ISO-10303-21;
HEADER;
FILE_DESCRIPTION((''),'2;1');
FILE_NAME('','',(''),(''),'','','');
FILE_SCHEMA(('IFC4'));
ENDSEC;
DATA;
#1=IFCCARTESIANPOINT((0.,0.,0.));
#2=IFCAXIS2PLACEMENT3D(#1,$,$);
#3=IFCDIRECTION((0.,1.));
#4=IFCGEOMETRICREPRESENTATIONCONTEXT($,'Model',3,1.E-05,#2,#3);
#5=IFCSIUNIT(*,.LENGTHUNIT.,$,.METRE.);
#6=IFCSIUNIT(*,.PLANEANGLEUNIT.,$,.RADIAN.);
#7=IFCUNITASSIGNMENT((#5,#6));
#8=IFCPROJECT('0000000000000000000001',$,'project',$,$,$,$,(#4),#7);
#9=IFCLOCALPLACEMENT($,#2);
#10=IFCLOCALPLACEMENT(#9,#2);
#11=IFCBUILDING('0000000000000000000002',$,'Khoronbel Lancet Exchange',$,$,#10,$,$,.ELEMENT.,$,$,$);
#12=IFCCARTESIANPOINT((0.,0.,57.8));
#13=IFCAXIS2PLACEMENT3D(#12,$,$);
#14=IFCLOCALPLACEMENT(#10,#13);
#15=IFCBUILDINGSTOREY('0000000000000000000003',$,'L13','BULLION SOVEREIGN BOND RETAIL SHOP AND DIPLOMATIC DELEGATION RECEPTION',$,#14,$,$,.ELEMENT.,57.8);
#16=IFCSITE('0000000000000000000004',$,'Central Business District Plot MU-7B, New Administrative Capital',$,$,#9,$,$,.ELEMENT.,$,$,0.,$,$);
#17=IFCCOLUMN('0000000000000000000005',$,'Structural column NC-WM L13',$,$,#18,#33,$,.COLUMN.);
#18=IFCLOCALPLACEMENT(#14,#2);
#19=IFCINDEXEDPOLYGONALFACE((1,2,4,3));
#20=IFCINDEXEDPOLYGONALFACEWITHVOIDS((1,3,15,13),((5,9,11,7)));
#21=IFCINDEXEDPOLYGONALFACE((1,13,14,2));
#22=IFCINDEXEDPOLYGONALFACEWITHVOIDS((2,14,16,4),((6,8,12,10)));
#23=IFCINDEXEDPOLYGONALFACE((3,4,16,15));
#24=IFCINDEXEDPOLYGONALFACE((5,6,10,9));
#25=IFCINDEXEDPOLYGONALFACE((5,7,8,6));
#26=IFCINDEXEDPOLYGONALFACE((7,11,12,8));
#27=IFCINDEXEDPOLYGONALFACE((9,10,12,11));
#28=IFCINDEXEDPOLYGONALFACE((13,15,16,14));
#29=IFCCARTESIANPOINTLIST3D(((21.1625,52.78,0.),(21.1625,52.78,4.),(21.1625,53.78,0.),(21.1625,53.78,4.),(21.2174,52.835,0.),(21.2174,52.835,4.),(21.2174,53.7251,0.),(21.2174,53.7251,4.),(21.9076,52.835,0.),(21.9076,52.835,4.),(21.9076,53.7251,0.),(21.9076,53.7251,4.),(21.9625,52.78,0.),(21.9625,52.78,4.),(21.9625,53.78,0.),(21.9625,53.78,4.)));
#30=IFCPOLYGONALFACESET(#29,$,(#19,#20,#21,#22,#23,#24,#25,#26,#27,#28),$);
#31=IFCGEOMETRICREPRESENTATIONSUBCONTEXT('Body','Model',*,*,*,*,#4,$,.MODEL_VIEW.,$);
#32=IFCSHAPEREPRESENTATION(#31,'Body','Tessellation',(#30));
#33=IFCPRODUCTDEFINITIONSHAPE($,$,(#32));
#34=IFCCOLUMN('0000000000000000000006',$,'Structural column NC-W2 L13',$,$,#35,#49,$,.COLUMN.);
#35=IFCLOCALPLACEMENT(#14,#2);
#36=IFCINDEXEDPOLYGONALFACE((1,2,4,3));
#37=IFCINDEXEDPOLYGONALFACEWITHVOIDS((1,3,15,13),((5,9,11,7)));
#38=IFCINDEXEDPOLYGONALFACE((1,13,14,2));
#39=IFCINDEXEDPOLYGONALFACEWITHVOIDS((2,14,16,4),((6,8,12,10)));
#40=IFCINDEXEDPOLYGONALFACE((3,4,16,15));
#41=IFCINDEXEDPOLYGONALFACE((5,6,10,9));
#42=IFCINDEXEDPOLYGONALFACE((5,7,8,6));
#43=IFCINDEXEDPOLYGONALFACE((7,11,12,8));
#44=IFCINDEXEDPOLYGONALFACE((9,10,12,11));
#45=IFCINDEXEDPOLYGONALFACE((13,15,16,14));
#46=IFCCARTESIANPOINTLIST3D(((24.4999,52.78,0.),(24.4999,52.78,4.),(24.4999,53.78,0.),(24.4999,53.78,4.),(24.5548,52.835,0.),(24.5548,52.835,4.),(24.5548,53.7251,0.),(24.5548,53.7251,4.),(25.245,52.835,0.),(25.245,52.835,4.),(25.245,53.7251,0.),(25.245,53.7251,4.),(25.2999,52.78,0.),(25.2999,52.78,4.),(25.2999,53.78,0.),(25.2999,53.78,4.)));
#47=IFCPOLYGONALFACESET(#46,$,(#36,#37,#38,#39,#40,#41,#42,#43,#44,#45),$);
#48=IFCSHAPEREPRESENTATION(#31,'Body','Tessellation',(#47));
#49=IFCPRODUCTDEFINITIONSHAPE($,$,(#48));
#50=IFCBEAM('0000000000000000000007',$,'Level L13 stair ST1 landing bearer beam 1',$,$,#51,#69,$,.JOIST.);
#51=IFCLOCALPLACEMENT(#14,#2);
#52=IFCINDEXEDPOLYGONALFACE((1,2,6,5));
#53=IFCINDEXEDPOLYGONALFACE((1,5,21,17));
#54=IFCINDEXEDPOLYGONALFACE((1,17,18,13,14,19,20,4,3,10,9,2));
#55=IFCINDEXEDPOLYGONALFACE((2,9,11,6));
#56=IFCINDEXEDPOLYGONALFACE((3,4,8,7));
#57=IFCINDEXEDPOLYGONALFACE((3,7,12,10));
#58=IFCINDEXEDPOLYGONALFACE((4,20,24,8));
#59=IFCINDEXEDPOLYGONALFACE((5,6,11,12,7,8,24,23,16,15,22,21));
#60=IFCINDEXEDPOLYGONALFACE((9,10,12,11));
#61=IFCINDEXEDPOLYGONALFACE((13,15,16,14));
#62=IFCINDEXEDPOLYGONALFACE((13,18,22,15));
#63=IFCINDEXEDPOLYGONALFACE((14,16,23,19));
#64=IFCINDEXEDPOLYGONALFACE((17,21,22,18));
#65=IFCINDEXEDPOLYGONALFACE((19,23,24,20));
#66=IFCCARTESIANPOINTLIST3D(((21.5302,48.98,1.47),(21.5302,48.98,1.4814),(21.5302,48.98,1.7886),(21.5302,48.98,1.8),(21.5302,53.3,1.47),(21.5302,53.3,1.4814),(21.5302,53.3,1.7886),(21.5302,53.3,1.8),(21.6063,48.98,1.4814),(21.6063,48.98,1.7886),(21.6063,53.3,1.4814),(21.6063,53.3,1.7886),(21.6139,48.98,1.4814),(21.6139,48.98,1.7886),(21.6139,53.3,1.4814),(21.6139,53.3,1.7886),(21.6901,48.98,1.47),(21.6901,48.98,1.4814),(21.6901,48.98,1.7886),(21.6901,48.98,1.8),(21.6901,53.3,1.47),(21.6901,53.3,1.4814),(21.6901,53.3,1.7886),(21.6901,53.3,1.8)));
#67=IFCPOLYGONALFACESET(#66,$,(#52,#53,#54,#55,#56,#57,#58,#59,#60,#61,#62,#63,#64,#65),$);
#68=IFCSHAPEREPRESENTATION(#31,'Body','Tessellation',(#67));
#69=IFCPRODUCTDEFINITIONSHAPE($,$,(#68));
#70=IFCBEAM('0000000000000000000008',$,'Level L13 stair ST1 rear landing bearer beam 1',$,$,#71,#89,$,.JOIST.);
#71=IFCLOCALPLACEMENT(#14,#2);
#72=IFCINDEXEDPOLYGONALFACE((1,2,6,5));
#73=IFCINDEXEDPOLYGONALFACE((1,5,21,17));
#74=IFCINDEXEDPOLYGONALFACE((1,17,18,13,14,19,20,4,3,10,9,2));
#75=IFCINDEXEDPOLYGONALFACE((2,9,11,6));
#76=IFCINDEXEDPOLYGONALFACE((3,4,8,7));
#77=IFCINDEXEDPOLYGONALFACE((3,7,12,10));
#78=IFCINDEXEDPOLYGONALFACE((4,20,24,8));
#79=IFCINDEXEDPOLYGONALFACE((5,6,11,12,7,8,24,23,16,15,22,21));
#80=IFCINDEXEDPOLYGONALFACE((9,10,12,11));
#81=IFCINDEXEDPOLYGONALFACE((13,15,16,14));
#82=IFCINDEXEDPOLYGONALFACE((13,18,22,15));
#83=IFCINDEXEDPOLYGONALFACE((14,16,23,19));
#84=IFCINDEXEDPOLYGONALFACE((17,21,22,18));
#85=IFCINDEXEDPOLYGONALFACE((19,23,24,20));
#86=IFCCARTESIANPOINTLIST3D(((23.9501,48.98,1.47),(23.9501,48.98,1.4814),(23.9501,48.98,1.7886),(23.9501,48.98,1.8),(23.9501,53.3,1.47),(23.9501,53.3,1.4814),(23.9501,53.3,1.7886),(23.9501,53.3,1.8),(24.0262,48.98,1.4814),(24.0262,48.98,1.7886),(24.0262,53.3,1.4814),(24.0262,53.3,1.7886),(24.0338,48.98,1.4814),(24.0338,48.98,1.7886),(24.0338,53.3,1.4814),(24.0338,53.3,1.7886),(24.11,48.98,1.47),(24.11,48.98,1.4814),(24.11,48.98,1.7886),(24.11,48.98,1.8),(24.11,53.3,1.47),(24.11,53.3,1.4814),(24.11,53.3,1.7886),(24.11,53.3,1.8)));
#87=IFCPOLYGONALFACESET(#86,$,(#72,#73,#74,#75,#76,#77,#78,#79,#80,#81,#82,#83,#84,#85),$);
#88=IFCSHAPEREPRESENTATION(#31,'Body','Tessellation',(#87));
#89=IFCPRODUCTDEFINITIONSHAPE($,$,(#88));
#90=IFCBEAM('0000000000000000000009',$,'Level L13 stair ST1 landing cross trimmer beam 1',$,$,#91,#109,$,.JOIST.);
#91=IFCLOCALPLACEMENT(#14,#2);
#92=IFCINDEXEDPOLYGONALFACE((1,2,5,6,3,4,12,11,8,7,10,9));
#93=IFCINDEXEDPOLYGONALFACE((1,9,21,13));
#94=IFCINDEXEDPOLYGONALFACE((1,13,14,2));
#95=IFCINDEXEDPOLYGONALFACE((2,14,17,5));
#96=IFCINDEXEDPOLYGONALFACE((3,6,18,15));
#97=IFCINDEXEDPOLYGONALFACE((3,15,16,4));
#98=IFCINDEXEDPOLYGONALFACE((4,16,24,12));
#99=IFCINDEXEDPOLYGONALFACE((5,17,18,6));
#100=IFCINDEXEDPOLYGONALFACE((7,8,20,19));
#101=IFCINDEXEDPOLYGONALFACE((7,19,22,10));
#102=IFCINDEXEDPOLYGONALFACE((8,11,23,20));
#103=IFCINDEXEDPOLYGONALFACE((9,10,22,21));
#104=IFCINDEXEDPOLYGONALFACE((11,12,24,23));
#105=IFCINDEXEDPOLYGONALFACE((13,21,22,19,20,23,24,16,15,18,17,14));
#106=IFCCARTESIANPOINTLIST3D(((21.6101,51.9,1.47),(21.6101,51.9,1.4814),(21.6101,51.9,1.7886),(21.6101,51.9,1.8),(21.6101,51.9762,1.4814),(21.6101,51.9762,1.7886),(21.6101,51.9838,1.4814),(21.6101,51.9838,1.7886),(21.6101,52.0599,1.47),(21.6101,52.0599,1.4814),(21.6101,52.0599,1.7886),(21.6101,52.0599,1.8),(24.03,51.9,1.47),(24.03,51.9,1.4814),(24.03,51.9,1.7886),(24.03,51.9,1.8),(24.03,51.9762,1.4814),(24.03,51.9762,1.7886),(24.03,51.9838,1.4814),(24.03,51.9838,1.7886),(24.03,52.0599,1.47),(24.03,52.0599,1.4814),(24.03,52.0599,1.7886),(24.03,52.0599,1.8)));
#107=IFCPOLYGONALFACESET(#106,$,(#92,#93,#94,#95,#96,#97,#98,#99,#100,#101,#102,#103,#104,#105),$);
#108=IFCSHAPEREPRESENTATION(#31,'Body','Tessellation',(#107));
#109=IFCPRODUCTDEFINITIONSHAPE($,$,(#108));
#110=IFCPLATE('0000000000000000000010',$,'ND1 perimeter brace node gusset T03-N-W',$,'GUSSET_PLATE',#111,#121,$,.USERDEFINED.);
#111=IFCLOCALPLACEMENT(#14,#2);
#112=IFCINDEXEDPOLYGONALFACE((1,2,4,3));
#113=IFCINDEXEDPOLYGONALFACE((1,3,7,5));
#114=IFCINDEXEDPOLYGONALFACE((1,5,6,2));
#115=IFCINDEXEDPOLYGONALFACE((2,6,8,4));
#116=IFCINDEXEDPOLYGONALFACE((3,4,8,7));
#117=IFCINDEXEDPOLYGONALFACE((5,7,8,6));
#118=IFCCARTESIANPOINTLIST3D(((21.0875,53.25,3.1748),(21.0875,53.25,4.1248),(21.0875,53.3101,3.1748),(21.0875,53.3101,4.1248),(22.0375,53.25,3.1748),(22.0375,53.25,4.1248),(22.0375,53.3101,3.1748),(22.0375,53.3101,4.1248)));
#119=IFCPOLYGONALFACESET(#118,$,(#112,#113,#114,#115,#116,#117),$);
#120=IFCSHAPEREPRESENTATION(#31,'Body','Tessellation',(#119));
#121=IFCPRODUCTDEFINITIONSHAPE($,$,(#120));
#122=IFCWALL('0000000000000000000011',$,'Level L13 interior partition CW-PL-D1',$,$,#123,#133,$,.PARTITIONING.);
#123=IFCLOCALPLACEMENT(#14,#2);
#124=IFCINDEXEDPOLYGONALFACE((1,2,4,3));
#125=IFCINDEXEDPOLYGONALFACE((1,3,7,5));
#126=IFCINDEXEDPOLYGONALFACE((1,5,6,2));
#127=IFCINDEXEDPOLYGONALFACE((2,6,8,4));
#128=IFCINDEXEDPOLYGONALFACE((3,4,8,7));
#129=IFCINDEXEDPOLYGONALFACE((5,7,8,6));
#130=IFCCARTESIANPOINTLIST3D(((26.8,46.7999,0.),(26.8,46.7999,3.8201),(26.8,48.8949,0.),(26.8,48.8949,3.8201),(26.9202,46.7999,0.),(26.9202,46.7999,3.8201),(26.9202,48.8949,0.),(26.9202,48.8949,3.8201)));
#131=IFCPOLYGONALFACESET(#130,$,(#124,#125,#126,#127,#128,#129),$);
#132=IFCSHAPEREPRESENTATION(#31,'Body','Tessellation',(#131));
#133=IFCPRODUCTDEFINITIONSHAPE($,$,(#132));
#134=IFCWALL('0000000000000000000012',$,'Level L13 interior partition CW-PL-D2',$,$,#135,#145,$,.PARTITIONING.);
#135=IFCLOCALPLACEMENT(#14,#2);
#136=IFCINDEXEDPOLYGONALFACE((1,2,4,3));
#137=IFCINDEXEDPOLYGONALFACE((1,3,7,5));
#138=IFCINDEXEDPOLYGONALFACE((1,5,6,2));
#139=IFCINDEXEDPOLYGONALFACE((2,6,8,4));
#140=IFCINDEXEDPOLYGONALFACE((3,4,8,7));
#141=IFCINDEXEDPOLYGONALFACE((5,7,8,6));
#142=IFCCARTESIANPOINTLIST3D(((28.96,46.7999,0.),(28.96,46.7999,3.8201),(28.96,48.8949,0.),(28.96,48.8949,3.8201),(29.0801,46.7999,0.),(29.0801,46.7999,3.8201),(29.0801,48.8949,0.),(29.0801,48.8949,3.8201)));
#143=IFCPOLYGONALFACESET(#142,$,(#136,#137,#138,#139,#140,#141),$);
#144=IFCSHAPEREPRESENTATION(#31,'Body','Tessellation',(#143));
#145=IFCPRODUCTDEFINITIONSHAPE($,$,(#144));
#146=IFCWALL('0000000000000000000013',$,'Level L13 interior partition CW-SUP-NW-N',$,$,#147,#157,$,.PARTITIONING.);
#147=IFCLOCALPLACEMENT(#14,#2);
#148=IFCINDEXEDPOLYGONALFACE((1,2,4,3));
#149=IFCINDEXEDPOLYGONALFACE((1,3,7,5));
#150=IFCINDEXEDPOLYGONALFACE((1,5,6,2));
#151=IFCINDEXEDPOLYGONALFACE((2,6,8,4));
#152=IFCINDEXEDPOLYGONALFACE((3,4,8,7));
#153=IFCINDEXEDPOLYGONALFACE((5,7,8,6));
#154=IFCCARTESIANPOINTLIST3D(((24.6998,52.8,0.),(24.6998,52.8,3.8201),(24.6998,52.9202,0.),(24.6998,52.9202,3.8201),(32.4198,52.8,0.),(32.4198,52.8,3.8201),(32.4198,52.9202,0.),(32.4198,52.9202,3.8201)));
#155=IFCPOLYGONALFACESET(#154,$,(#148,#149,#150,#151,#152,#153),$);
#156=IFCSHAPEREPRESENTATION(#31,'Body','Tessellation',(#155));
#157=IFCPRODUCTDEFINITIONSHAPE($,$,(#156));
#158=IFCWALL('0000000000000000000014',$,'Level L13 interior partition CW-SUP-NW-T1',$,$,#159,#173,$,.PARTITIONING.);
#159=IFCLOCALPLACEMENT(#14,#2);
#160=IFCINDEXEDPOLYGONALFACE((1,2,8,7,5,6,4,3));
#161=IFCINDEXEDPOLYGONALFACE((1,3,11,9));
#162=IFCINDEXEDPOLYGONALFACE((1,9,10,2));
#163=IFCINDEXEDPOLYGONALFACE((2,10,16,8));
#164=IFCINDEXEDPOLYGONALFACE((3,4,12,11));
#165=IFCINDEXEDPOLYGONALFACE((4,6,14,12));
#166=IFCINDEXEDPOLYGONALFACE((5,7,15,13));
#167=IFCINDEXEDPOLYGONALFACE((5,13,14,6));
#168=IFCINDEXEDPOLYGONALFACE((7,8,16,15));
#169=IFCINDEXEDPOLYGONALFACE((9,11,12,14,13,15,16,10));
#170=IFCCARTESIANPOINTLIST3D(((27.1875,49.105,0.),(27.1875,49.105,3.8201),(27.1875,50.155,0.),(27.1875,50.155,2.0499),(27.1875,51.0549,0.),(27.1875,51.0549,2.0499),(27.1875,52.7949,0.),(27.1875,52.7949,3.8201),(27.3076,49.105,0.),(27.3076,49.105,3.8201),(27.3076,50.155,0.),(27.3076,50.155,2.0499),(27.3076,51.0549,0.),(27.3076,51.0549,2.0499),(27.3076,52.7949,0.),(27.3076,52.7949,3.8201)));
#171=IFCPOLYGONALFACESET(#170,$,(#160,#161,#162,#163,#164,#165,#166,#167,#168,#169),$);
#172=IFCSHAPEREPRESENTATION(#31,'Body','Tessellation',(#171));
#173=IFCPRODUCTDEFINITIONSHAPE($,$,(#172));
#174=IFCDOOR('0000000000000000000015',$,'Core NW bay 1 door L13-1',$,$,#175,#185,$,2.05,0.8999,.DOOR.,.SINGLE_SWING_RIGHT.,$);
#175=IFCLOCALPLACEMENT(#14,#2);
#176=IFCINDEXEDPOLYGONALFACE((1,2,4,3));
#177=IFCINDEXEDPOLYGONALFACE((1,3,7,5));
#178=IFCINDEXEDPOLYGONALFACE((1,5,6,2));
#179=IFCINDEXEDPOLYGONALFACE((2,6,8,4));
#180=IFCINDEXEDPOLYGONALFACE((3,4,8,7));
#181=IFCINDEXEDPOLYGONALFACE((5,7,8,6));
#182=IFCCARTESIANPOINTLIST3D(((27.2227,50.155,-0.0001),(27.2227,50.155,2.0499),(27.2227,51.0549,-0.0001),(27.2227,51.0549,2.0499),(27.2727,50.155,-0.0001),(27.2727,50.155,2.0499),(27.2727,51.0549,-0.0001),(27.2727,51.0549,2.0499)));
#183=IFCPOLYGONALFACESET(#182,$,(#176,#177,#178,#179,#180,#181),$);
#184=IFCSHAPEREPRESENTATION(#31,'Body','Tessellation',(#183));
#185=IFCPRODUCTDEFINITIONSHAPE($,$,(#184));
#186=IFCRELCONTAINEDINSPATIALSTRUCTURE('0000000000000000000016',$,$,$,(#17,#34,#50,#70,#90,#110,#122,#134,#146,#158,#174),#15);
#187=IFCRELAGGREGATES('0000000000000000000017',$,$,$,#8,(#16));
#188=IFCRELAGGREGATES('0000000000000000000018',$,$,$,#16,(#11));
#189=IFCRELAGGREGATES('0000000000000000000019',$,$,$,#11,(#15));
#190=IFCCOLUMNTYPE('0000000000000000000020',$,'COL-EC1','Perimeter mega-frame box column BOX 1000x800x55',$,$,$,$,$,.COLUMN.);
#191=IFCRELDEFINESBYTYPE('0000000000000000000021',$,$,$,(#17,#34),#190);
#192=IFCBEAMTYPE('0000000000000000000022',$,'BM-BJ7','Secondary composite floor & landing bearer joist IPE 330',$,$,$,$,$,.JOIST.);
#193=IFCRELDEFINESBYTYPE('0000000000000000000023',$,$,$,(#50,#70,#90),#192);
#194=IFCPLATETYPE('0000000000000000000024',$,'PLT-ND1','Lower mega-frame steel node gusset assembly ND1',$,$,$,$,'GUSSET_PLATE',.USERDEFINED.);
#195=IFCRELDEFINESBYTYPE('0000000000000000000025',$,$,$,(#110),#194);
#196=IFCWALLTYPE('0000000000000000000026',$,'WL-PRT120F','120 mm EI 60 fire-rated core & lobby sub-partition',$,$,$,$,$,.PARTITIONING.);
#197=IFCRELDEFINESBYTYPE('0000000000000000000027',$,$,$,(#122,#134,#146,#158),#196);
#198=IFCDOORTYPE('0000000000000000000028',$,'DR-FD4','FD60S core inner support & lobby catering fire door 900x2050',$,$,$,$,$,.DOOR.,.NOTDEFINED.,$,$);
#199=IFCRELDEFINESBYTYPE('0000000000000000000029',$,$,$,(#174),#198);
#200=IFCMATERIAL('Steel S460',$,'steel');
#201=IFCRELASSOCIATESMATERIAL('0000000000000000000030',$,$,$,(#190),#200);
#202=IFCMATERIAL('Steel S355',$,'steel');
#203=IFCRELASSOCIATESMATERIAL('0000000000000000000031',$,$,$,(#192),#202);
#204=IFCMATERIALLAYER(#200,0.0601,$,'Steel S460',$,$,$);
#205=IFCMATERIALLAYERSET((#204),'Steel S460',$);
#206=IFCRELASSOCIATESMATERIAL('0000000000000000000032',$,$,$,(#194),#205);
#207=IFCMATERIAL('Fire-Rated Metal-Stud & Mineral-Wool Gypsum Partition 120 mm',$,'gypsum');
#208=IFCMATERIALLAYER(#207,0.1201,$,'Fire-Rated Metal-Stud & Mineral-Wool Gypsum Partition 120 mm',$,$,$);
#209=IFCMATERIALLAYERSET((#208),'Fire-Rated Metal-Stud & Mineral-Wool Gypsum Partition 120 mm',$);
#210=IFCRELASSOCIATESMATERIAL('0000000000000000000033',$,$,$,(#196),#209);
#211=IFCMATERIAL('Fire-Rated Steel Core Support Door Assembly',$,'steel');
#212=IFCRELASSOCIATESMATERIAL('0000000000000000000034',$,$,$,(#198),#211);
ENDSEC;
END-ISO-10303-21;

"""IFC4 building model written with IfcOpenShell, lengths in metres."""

from ifc_helpers import new_model, si_unit, direction, frame, frame_2d, origin, origin_2d, place, context, subcontext, project, spatial, rectangle, hollow_rectangle, i_section, extrude, material, layer, layer_set, material_profile, profile_set, type_object, element, fill, save


model = new_model("IFC4")

# Units and contexts
model_context = context("Model", 3, precision=1e-05, world=origin(), true_north=direction((0.0, 1.0)))
body_context = subcontext(model_context, "Body", "Model", "MODEL_VIEW")
ifc_project = project(units=[si_unit("LENGTHUNIT", "METRE"), si_unit("PLANEANGLEUNIT", "RADIAN")], contexts=[model_context])

# Site, building, storey
site_placement = place(None, origin())
site = spatial("IfcSite", under=ifc_project, at=site_placement, Name="Central Business District Plot MU-7B, New Administrative Capital", CompositionType="ELEMENT", RefElevation=0.0)
building_placement = place(site_placement, origin())
building = spatial("IfcBuilding", under=site, at=building_placement, Name="Khoronbel Lancet Exchange", CompositionType="ELEMENT")
storey_placement = place(building_placement, frame((0.0, 0.0, 57.8)))
storey = spatial("IfcBuildingStorey", under=building, at=storey_placement, Name="L13", Description="BULLION SOVEREIGN BOND RETAIL SHOP AND DIPLOMATIC DELEGATION RECEPTION", CompositionType="ELEMENT", Elevation=57.8)

# Columns
ifc_material_1 = material(Name="Steel S460", Category="steel")
ifc_material_profile_1 = material_profile(ifc_material_1, hollow_rectangle(XDim=0.8, YDim=1.0, WallThickness=0.0549, at=origin_2d()), Name="BOX 1000x800x55")
ifc_profile_set_1 = profile_set([ifc_material_profile_1], Name="Steel S460")
column_type = type_object("IfcColumnType", Name="COL-EC1", Description="Perimeter mega-frame box column BOX 1000x800x55", PredefinedType="COLUMN", material=ifc_profile_set_1)
for number, where, z_axis, x_axis, name in (
    (1, (21.5625, 53.28, 0.0), (0.0, 0.0, 1.0), (1.0, 0.0, 0.0), "Structural column NC-WM L13"),
    (2, (24.8999, 53.28, 0.0), (0.0, 0.0, 1.0), (1.0, 0.0, 0.0), "Structural column NC-W2 L13"),
):
    element("IfcColumn", number, at=place(storey_placement, frame(where, z_axis=z_axis, x_axis=x_axis)), inside=storey, type_object=column_type, Name=name, PredefinedType="COLUMN", context=body_context, shape_type="SweptSolid", body=[
        extrude(hollow_rectangle(XDim=0.8, YDim=1.0, WallThickness=0.0549, at=origin_2d()), origin(), (0.0, 0.0, 1.0), 4.0),
    ])

# Beams
ifc_material_2 = material(Name="Steel S355", Category="steel")
ifc_material_profile_2 = material_profile(ifc_material_2, i_section(OverallWidth=0.1599, OverallDepth=0.3301, WebThickness=0.0076, FlangeThickness=0.0115, at=origin_2d()), Name="IPE 330")
ifc_profile_set_2 = profile_set([ifc_material_profile_2], Name="Steel S355")
beam_type = type_object("IfcBeamType", Name="BM-BJ7", Description="Secondary composite floor & landing bearer joist IPE 330", PredefinedType="JOIST", material=ifc_profile_set_2)
for number, where, z_axis, x_axis, name in (
    (3, (21.6101, 48.98, 1.635), (0.0, 1.0, 0.0), (-1.0, 0.0, 0.0), "Level L13 stair ST1 landing bearer beam 1"),
    (4, (24.03, 48.98, 1.635), (0.0, 1.0, 0.0), (-1.0, 0.0, 0.0), "Level L13 stair ST1 rear landing bearer beam 1"),
):
    element("IfcBeam", number, at=place(storey_placement, frame(where, z_axis=z_axis, x_axis=x_axis)), inside=storey, type_object=beam_type, Name=name, PredefinedType="JOIST", context=body_context, shape_type="SweptSolid", body=[
        extrude(i_section(OverallWidth=0.1599, OverallDepth=0.3301, WebThickness=0.0076, FlangeThickness=0.0115, at=origin_2d()), origin(), (0.0, 0.0, 1.0), 4.3201),
    ])
beam_placement = place(storey_placement, frame((21.6101, 51.98, 1.635), z_axis=(1.0, 0.0, 0.0), x_axis=(0.0, 1.0, 0.0)))
element("IfcBeam", 5, at=beam_placement, inside=storey, type_object=beam_type, Name="Level L13 stair ST1 landing cross trimmer beam 1", PredefinedType="JOIST", context=body_context, shape_type="SweptSolid", body=[
    extrude(i_section(OverallWidth=0.1599, OverallDepth=0.3301, WebThickness=0.0076, FlangeThickness=0.0115, at=origin_2d()), origin(), (0.0, 0.0, 1.0), 2.4199),
])

# Plate
ifc_layer_1 = layer(ifc_material_1, 0.0601, Name="Steel S460")
ifc_layer_set_1 = layer_set([ifc_layer_1], Name="Steel S460")
plate_type = type_object("IfcPlateType", Name="PLT-ND1", Description="Lower mega-frame steel node gusset assembly ND1", ElementType="GUSSET_PLATE", PredefinedType="USERDEFINED", material=ifc_layer_set_1)
plate_placement = place(storey_placement, frame((21.5625, 53.28, 3.1748), z_axis=(0.0, 0.0, 1.0), x_axis=(1.0, 0.0, 0.0)))
element("IfcPlate", 6, at=plate_placement, inside=storey, type_object=plate_type, Name="ND1 perimeter brace node gusset T03-N-W", ObjectType="GUSSET_PLATE", PredefinedType="USERDEFINED", context=body_context, shape_type="SweptSolid", body=[
    extrude(rectangle(XDim=0.95, YDim=0.0601, at=origin_2d()), origin(), (0.0, 0.0, 1.0), 0.95),
])

# Walls
ifc_material_3 = material(Name="Fire-Rated Metal-Stud & Mineral-Wool Gypsum Partition 120 mm", Category="gypsum")
ifc_layer_2 = layer(ifc_material_3, 0.1201, Name="Fire-Rated Metal-Stud & Mineral-Wool Gypsum Partition 120 mm")
ifc_layer_set_2 = layer_set([ifc_layer_2], Name="Fire-Rated Metal-Stud & Mineral-Wool Gypsum Partition 120 mm")
wall_type_1 = type_object("IfcWallType", Name="WL-PRT120F", Description="120 mm EI 60 fire-rated core & lobby sub-partition", PredefinedType="PARTITIONING", material=ifc_layer_set_2)
for number, where, z_axis, x_axis, name in (
    (7, (26.8601, 46.8, 0.0), (0.0, 0.0, 1.0), (0.0, 1.0, 0.0), "Level L13 interior partition CW-PL-D1"),
    (8, (29.02, 46.8, 0.0), (0.0, 0.0, 1.0), (0.0, 1.0, 0.0), "Level L13 interior partition CW-PL-D2"),
):
    element("IfcWall", number, at=place(storey_placement, frame(where, z_axis=z_axis, x_axis=x_axis)), inside=storey, type_object=wall_type_1, Name=name, PredefinedType="PARTITIONING", context=body_context, shape_type="SweptSolid", body=[
        extrude(rectangle(XDim=2.095, YDim=0.1201, at=frame_2d((1.0474, 0.0))), origin(), (0.0, 0.0, 1.0), 3.8201),
    ])
wall_1_placement = place(storey_placement, frame((24.7, 52.8601, 0.0), z_axis=(0.0, 0.0, 1.0), x_axis=(1.0, 0.0, 0.0)))
element("IfcWall", 9, at=wall_1_placement, inside=storey, type_object=wall_type_1, Name="Level L13 interior partition CW-SUP-NW-N", PredefinedType="PARTITIONING", context=body_context, shape_type="SweptSolid", body=[
    extrude(rectangle(XDim=7.72, YDim=0.1201, at=frame_2d((3.8599, 0.0))), origin(), (0.0, 0.0, 1.0), 3.8201),
])

# Wall, opening, door
wall_2_placement = place(storey_placement, frame((27.2476, 49.105, 0.0), z_axis=(0.0, 0.0, 1.0), x_axis=(0.0, 1.0, 0.0)))
wall_2 = element("IfcWall", 10, at=wall_2_placement, inside=storey, type_object=wall_type_1, Name="Level L13 interior partition CW-SUP-NW-T1", PredefinedType="PARTITIONING", context=body_context, shape_type="SweptSolid", body=[
    extrude(rectangle(XDim=3.6899, YDim=0.1201, at=frame_2d((1.845, 0.0))), origin(), (0.0, 0.0, 1.0), 3.8201),
])
opening_1_placement = place(wall_2_placement, frame((1.05, 0.0, 0.0)))
opening_1 = element("IfcOpeningElement", 11, at=opening_1_placement, cuts=wall_2, PredefinedType="OPENING", context=body_context, shape_type="SweptSolid", body=[
    extrude(rectangle(XDim=0.8999, YDim=2.05, at=frame_2d((0.45, 1.0249))), frame((0.0, 0.0701, 0.0), z_axis=(0.0, -1.0, 0.0), x_axis=(1.0, 0.0, 0.0)), (0.0, 0.0, 1.0), 0.1401),
])
ifc_material_4 = material(Name="Fire-Rated Steel Core Support Door Assembly", Category="steel")
door_type_1 = type_object("IfcDoorType", Name="DR-FD4", Description="FD60S core inner support & lobby catering fire door 900x2050", OperationType="NOTDEFINED", PredefinedType="DOOR", material=ifc_material_4)
door_1_placement = place(opening_1_placement, origin())
door_1 = element("IfcDoor", 12, at=door_1_placement, inside=storey, type_object=door_type_1, Name="Core NW bay 1 door L13-1", OperationType="SINGLE_SWING_RIGHT", OverallHeight=2.05, OverallWidth=0.8999, PredefinedType="DOOR", context=body_context, shape_type="SweptSolid", body=[
    extrude(rectangle(XDim=0.8999, YDim=2.05, at=frame_2d((0.45, 1.0249))), frame((0.0, 0.0249, 0.0), z_axis=(0.0, -1.0, 0.0), x_axis=(1.0, 0.0, 0.0)), (0.0, 0.0, 1.0), 0.05),
])
fill(opening_1, door_1)

save(model, "model.ifc")
